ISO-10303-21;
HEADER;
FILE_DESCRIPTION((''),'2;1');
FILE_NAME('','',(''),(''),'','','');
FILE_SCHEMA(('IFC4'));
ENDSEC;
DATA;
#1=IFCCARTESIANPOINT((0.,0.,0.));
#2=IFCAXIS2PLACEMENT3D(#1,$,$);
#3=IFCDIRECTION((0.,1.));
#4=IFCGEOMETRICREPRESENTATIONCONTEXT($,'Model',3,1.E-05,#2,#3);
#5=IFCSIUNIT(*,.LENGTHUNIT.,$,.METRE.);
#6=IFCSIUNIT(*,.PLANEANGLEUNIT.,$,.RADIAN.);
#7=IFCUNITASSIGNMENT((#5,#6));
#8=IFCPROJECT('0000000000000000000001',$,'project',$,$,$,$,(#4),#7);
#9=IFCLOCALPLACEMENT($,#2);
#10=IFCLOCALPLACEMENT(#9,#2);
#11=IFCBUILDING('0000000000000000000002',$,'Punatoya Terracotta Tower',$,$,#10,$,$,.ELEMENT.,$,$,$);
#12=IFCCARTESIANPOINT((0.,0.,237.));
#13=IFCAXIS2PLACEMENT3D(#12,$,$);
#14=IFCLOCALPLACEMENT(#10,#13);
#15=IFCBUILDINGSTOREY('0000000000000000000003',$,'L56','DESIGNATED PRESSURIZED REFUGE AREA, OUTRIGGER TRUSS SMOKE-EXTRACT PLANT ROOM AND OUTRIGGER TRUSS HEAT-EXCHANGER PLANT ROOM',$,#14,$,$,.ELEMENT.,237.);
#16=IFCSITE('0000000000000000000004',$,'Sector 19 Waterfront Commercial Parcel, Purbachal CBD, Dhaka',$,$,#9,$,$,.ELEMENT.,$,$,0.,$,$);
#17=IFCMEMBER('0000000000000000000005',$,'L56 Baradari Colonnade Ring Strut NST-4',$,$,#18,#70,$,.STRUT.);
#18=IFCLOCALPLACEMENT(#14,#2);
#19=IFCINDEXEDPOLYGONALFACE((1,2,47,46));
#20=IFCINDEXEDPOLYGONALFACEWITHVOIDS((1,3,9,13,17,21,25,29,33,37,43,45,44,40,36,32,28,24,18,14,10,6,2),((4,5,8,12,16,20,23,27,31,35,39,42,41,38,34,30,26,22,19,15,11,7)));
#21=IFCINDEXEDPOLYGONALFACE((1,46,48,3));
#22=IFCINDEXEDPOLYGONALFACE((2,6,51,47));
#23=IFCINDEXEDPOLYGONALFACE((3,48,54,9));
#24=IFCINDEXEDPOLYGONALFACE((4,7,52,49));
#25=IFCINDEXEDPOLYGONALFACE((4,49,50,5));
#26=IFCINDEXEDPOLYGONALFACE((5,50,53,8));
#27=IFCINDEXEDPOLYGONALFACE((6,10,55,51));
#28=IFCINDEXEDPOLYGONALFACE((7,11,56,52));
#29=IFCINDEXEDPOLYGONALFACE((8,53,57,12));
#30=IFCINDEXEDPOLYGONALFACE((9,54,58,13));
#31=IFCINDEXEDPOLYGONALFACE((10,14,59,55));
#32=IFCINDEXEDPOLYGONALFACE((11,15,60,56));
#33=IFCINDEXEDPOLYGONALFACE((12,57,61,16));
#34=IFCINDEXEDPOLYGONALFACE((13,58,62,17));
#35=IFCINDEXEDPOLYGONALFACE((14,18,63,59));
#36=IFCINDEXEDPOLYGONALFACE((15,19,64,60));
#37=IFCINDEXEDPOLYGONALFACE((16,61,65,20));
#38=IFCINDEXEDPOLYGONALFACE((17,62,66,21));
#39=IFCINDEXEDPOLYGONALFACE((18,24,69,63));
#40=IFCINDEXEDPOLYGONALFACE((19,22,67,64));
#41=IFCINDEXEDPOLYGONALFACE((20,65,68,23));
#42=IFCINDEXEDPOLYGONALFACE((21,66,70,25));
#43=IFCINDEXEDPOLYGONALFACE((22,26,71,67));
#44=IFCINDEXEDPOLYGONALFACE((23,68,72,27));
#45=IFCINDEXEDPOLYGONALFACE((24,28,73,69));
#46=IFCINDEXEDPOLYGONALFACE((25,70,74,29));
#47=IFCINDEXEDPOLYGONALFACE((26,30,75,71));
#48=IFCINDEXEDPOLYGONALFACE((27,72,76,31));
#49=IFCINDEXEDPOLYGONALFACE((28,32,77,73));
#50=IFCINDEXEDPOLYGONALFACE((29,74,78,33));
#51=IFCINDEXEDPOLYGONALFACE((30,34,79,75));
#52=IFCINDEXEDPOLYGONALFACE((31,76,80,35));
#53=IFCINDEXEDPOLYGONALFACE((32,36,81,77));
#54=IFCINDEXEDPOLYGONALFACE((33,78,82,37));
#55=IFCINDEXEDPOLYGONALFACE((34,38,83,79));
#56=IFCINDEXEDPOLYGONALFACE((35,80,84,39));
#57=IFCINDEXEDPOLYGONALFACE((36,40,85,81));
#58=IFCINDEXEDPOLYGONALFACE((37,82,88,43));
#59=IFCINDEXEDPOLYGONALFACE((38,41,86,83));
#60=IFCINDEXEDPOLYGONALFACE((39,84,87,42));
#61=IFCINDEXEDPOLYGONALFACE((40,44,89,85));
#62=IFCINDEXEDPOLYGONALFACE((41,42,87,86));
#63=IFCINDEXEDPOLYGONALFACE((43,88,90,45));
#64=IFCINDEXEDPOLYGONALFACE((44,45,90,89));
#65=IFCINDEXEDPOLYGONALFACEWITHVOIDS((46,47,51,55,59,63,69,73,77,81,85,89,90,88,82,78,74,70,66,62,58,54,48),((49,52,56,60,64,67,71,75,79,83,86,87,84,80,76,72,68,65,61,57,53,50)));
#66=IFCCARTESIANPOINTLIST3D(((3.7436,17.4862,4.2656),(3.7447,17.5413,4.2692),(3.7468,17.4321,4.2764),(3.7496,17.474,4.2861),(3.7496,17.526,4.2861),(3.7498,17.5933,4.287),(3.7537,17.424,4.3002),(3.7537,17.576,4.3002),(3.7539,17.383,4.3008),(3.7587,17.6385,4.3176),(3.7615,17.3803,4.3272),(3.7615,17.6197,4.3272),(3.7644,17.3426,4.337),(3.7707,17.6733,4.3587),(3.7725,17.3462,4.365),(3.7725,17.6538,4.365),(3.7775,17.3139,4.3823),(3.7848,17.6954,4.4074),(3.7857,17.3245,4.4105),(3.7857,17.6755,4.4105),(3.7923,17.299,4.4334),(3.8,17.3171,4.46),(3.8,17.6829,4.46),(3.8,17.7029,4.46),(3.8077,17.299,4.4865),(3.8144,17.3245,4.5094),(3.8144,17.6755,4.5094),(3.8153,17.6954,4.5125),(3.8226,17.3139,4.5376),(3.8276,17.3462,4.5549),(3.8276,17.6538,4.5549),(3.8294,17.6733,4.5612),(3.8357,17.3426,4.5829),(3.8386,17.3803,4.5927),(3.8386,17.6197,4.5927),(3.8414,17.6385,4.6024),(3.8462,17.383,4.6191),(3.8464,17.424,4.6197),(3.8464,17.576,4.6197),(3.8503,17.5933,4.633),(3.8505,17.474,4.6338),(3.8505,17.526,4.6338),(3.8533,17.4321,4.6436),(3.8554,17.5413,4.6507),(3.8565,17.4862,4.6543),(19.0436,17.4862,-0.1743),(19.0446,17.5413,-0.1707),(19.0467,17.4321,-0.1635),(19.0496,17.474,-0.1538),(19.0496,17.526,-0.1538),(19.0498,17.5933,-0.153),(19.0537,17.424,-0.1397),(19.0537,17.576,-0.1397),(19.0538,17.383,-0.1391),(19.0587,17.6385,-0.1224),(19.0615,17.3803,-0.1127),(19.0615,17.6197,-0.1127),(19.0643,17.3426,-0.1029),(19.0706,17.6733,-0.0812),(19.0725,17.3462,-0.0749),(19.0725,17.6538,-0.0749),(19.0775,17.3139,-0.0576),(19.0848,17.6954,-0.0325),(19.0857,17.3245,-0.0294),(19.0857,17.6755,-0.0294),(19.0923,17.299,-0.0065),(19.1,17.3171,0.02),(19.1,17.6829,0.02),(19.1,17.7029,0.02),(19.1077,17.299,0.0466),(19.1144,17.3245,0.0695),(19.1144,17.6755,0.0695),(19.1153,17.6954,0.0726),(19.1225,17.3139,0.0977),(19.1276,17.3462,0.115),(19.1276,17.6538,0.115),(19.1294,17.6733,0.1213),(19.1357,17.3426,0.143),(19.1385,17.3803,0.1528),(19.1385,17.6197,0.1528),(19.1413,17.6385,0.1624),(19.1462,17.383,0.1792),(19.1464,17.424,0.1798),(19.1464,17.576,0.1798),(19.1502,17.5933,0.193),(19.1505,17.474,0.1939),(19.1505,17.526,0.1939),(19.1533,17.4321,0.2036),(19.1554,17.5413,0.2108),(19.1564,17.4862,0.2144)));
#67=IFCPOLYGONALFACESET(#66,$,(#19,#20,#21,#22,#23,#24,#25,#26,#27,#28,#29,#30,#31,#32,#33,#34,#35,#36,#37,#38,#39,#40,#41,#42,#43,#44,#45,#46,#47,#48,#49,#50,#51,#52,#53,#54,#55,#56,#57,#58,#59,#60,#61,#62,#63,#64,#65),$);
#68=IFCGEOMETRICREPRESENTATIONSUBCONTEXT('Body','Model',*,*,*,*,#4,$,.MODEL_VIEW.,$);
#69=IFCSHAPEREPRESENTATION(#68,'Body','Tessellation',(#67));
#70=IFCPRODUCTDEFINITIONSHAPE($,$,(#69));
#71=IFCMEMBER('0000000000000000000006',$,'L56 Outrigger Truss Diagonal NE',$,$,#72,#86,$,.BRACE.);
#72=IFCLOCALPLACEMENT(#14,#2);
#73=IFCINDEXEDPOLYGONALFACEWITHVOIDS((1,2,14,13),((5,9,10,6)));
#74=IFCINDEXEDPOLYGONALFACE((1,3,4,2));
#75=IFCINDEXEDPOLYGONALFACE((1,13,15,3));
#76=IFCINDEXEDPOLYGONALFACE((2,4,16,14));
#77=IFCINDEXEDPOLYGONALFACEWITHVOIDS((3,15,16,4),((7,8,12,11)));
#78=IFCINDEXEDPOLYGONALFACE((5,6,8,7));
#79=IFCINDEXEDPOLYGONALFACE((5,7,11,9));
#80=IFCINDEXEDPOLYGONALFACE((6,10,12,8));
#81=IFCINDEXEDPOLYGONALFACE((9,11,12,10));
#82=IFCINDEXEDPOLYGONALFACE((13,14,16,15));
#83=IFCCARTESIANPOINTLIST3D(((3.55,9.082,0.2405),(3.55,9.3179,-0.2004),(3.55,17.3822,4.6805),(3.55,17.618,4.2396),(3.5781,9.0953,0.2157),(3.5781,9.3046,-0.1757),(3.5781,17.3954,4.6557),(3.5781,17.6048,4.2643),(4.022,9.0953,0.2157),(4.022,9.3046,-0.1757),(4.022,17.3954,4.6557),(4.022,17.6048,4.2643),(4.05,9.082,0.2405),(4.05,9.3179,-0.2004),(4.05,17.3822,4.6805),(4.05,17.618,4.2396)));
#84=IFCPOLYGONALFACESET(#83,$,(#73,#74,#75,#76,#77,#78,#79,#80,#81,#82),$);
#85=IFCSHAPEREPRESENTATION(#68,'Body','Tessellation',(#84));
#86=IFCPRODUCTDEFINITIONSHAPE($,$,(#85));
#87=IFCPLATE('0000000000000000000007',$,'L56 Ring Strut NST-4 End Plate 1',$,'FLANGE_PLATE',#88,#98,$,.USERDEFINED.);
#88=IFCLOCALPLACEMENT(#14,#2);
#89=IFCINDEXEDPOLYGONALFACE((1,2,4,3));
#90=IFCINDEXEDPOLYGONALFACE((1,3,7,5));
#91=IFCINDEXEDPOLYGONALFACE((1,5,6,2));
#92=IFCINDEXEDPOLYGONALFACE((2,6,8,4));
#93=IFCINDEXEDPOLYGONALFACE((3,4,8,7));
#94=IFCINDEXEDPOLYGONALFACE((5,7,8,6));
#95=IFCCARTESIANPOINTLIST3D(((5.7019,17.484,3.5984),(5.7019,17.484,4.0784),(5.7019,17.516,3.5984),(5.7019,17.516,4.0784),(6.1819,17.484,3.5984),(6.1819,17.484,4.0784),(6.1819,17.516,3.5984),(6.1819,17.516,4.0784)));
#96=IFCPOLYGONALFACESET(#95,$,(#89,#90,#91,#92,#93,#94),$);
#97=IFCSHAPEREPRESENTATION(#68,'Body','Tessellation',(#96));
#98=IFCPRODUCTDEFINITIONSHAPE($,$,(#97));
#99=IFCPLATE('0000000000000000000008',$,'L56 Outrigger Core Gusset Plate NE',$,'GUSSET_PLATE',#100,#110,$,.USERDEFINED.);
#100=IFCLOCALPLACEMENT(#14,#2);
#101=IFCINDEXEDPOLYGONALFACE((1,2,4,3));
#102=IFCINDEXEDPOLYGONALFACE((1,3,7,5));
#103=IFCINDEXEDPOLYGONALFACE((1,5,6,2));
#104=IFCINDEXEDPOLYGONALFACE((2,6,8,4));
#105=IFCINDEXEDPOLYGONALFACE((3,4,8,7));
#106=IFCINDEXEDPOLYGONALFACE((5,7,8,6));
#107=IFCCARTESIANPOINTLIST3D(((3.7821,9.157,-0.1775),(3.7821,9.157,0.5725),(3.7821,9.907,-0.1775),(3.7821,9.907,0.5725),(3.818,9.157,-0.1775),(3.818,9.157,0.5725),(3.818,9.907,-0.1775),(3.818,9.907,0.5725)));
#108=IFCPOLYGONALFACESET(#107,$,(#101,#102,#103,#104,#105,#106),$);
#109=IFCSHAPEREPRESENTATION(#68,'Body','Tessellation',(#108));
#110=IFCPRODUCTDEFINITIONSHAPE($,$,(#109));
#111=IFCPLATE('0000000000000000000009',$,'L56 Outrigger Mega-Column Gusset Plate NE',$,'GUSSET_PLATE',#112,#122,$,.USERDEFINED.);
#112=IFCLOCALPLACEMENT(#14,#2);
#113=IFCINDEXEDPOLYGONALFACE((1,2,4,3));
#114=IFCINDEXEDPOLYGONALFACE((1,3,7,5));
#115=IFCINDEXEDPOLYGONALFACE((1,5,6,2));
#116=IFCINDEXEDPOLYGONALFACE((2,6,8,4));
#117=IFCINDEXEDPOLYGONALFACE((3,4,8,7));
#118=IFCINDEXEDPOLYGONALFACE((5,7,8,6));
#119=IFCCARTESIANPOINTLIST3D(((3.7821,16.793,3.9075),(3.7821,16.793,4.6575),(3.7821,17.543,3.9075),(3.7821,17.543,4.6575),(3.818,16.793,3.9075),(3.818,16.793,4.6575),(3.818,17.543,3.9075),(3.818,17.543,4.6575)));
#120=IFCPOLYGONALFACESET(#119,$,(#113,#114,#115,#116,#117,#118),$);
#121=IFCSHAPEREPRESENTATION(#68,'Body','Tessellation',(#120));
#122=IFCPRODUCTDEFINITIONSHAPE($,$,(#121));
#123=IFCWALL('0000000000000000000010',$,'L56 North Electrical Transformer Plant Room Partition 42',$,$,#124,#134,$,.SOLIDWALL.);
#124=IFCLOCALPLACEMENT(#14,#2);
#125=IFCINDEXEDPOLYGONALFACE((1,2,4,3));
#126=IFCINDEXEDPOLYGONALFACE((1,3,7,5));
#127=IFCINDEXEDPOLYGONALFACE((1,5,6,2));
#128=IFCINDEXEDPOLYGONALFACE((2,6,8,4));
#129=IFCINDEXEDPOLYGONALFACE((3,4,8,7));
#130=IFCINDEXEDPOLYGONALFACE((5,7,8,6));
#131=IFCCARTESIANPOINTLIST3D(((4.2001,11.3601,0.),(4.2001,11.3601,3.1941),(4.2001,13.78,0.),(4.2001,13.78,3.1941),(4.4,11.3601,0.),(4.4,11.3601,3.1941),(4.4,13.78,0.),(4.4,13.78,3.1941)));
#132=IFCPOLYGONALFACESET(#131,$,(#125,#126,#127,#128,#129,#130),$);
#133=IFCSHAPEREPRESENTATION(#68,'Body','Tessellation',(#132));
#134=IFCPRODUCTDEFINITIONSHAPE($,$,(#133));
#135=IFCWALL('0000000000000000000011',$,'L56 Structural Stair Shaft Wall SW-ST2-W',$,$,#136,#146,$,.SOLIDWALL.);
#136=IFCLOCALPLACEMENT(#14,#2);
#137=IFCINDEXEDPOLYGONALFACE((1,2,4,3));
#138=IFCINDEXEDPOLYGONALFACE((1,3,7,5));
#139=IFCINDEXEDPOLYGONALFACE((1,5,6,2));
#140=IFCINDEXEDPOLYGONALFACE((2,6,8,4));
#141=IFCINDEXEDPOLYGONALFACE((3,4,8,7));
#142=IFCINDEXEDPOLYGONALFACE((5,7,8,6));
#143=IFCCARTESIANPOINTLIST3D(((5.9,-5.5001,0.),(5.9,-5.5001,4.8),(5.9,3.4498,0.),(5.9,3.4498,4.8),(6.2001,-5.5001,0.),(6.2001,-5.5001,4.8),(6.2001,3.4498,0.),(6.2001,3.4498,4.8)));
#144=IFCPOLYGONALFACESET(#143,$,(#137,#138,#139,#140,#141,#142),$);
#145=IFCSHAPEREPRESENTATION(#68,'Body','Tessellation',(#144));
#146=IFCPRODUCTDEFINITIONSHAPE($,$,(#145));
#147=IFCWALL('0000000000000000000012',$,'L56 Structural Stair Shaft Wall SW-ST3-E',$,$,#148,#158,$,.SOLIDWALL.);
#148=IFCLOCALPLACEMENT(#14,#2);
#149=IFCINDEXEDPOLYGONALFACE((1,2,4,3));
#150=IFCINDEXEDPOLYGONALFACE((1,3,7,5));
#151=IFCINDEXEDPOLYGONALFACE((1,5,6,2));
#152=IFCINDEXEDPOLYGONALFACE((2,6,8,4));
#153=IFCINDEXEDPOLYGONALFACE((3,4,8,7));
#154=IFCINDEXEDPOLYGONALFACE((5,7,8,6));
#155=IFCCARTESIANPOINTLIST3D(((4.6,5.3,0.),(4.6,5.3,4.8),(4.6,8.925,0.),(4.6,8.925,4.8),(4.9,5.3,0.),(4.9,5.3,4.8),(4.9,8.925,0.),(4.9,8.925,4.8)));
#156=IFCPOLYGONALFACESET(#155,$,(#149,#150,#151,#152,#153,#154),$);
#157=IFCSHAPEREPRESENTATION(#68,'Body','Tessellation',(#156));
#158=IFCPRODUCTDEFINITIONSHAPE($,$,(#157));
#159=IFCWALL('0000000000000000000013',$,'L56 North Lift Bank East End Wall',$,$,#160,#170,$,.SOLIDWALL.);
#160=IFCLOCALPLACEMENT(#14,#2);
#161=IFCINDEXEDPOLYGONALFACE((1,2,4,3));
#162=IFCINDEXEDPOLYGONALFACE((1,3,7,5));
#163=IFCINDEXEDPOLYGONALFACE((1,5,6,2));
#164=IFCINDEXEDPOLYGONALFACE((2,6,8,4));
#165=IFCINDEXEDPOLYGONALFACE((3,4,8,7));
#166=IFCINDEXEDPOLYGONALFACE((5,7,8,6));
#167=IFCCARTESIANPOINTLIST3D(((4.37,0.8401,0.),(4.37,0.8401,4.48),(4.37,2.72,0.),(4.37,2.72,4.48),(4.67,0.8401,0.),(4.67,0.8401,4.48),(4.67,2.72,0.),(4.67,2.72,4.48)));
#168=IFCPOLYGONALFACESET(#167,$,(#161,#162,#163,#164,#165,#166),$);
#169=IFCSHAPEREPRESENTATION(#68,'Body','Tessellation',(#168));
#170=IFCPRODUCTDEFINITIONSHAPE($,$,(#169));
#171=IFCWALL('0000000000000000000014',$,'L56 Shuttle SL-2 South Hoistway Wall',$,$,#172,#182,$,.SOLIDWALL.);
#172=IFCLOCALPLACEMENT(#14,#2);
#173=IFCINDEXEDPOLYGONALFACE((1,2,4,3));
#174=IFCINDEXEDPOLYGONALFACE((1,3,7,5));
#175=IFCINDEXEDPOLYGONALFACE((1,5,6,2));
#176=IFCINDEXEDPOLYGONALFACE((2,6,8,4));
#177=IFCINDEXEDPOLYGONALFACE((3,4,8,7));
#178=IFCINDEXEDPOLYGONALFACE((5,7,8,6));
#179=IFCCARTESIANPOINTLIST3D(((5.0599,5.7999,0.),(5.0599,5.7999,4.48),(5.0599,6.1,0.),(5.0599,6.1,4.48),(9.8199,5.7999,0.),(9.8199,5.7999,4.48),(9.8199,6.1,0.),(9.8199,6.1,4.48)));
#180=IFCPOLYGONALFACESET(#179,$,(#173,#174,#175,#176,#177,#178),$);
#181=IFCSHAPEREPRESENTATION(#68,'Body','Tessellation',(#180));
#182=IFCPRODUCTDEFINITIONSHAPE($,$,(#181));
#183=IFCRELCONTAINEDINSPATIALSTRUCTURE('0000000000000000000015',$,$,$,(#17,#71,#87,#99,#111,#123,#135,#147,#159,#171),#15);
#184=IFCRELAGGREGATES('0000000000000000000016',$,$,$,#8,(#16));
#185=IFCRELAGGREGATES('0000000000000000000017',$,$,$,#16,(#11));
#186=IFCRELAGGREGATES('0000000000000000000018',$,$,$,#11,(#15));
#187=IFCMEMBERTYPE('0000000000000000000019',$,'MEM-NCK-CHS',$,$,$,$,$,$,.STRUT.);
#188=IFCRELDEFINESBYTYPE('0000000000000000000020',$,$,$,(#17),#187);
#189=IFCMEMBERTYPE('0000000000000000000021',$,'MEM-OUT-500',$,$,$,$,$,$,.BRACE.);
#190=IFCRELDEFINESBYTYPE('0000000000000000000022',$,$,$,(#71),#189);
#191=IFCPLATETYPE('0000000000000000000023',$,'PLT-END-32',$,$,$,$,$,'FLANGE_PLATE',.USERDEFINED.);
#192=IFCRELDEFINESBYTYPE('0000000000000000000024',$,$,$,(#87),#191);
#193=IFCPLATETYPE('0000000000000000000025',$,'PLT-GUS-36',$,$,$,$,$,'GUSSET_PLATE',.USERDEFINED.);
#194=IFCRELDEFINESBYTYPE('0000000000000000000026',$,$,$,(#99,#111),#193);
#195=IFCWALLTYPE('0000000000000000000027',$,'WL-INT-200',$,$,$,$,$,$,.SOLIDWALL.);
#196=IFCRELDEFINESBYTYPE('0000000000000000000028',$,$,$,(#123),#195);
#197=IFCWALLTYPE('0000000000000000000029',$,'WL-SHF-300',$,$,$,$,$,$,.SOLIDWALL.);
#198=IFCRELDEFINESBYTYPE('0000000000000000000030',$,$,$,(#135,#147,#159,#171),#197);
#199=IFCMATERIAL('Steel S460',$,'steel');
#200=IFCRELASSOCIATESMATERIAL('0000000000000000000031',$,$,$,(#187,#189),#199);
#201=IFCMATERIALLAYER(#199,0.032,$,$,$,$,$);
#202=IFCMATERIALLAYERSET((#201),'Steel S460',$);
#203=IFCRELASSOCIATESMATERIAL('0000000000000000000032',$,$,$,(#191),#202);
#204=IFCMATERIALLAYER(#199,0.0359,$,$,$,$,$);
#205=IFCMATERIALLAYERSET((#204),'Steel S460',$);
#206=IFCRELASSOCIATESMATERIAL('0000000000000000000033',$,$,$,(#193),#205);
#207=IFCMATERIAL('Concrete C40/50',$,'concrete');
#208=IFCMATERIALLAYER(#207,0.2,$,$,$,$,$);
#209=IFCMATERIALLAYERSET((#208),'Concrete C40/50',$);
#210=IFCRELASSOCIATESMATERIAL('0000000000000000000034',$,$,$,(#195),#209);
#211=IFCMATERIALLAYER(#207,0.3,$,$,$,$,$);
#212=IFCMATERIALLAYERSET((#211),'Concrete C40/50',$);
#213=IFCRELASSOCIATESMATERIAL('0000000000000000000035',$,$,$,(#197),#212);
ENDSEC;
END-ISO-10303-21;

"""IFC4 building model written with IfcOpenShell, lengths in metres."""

from ifc_helpers import new_model, si_unit, direction, frame, frame_2d, origin, origin_2d, place, context, subcontext, project, spatial, rectangle, hollow_rectangle, hollow_circle, extrude, material, layer, layer_set, material_profile, profile_set, type_object, element, save


model = new_model("IFC4")

# Units and contexts
model_context = context("Model", 3, precision=1e-05, world=origin(), true_north=direction((0.0, 1.0)))
body_context = subcontext(model_context, "Body", "Model", "MODEL_VIEW")
ifc_project = project(units=[si_unit("LENGTHUNIT", "METRE"), si_unit("PLANEANGLEUNIT", "RADIAN")], contexts=[model_context])

# Site, building, storey
site_placement = place(None, origin())
site = spatial("IfcSite", under=ifc_project, at=site_placement, Name="Sector 19 Waterfront Commercial Parcel, Purbachal CBD, Dhaka", CompositionType="ELEMENT", RefElevation=0.0)
building_placement = place(site_placement, origin())
building = spatial("IfcBuilding", under=site, at=building_placement, Name="Punatoya Terracotta Tower", CompositionType="ELEMENT")
storey_placement = place(building_placement, frame((0.0, 0.0, 237.0)))
storey = spatial("IfcBuildingStorey", under=building, at=storey_placement, Name="L56", Description="DESIGNATED PRESSURIZED REFUGE AREA, OUTRIGGER TRUSS SMOKE-EXTRACT PLANT ROOM AND OUTRIGGER TRUSS HEAT-EXCHANGER PLANT ROOM", CompositionType="ELEMENT", Elevation=237.0)

# Shared definitions
ifc_material_1 = material(Name="Steel S460", Category="steel")

# Members
ifc_material_profile_1 = material_profile(ifc_material_1, hollow_circle(Radius=0.2029, WallThickness=0.02, at=origin_2d()))
ifc_profile_set_1 = profile_set([ifc_material_profile_1], Name="Steel S460")
member_type_1 = type_object("IfcMemberType", Name="MEM-NCK-CHS", PredefinedType="STRUT", material=ifc_profile_set_1)
member_1_placement = place(storey_placement, frame((3.8, 17.5, 4.46), z_axis=(0.96038, 0.0, -0.278694), x_axis=(0.0, 1.0, 0.0)))
element("IfcMember", 1, at=member_1_placement, inside=storey, type_object=member_type_1, Name="L56 Baradari Colonnade Ring Strut NST-4", PredefinedType="STRUT", context=body_context, shape_type="SweptSolid", body=[
    extrude(hollow_circle(Radius=0.2029, WallThickness=0.02, at=origin_2d()), origin(), (0.0, 0.0, 1.0), 15.9312),
])
ifc_material_profile_2 = material_profile(ifc_material_1, hollow_rectangle(XDim=0.5, YDim=0.5, WallThickness=0.0281, at=origin_2d()))
ifc_profile_set_2 = profile_set([ifc_material_profile_2], Name="Steel S460")
member_type_2 = type_object("IfcMemberType", Name="MEM-OUT-500", PredefinedType="BRACE", material=ifc_profile_set_2)
member_2_placement = place(storey_placement, frame((3.8, 9.2, 0.02), z_axis=(0.0, 0.881768, 0.471684), x_axis=(-1.0, 0.0, 0.0)))
element("IfcMember", 2, at=member_2_placement, inside=storey, type_object=member_type_2, Name="L56 Outrigger Truss Diagonal NE", PredefinedType="BRACE", context=body_context, shape_type="SweptSolid", body=[
    extrude(hollow_rectangle(XDim=0.5, YDim=0.5, WallThickness=0.0281, at=origin_2d()), origin(), (0.0, 0.0, 1.0), 9.4131),
])

# Plates
ifc_layer_1 = layer(ifc_material_1, 0.032)
ifc_layer_set_1 = layer_set([ifc_layer_1], Name="Steel S460")
plate_type_1 = type_object("IfcPlateType", Name="PLT-END-32", ElementType="FLANGE_PLATE", PredefinedType="USERDEFINED", material=ifc_layer_set_1)
plate_placement = place(storey_placement, frame((5.9419, 17.5, 3.5984), z_axis=(0.0, 0.0, 1.0), x_axis=(1.0, 0.0, 0.0)))
element("IfcPlate", 3, at=plate_placement, inside=storey, type_object=plate_type_1, Name="L56 Ring Strut NST-4 End Plate 1", ObjectType="FLANGE_PLATE", PredefinedType="USERDEFINED", context=body_context, shape_type="SweptSolid", body=[
    extrude(rectangle(XDim=0.48, YDim=0.032, at=origin_2d()), origin(), (0.0, 0.0, 1.0), 0.48),
])
ifc_layer_2 = layer(ifc_material_1, 0.0359)
ifc_layer_set_2 = layer_set([ifc_layer_2], Name="Steel S460")
plate_type_2 = type_object("IfcPlateType", Name="PLT-GUS-36", ElementType="GUSSET_PLATE", PredefinedType="USERDEFINED", material=ifc_layer_set_2)
for number, where, z_axis, x_axis, name in (
    (4, (3.8, 9.532, -0.1775), (0.0, 0.0, 1.0), (0.0, 1.0, 0.0), "L56 Outrigger Core Gusset Plate NE"),
    (5, (3.8, 17.168, 3.9075), (0.0, 0.0, 1.0), (0.0, 1.0, 0.0), "L56 Outrigger Mega-Column Gusset Plate NE"),
):
    element("IfcPlate", number, at=place(storey_placement, frame(where, z_axis=z_axis, x_axis=x_axis)), inside=storey, type_object=plate_type_2, Name=name, ObjectType="GUSSET_PLATE", PredefinedType="USERDEFINED", context=body_context, shape_type="SweptSolid", body=[
        extrude(rectangle(XDim=0.75, YDim=0.0359, at=origin_2d()), origin(), (0.0, 0.0, 1.0), 0.75),
    ])

# Walls
ifc_material_2 = material(Name="Concrete C40/50", Category="concrete")
ifc_layer_3 = layer(ifc_material_2, 0.2)
ifc_layer_set_3 = layer_set([ifc_layer_3], Name="Concrete C40/50")
wall_type_1 = type_object("IfcWallType", Name="WL-INT-200", PredefinedType="SOLIDWALL", material=ifc_layer_set_3)
wall_1_placement = place(storey_placement, frame((4.3, 11.3601, 0.0), z_axis=(0.0, 0.0, 1.0), x_axis=(0.0, 1.0, 0.0)))
element("IfcWall", 6, at=wall_1_placement, inside=storey, type_object=wall_type_1, Name="L56 North Electrical Transformer Plant Room Partition 42", PredefinedType="SOLIDWALL", context=body_context, shape_type="SweptSolid", body=[
    extrude(rectangle(XDim=2.4199, YDim=0.2, at=frame_2d((1.21, 0.0))), origin(), (0.0, 0.0, 1.0), 3.1941),
])
ifc_layer_4 = layer(ifc_material_2, 0.3)
ifc_layer_set_4 = layer_set([ifc_layer_4], Name="Concrete C40/50")
wall_type_2 = type_object("IfcWallType", Name="WL-SHF-300", PredefinedType="SOLIDWALL", material=ifc_layer_set_4)
wall_2_placement = place(storey_placement, frame((6.05, 3.45, 0.0), z_axis=(0.0, 0.0, 1.0), x_axis=(0.0, -1.0, 0.0)))
element("IfcWall", 7, at=wall_2_placement, inside=storey, type_object=wall_type_2, Name="L56 Structural Stair Shaft Wall SW-ST2-W", PredefinedType="SOLIDWALL", context=body_context, shape_type="SweptSolid", body=[
    extrude(rectangle(XDim=8.95, YDim=0.3, at=frame_2d((4.4751, 0.0))), origin(), (0.0, 0.0, 1.0), 4.8),
])
wall_3_placement = place(storey_placement, frame((4.75, 8.925, 0.0), z_axis=(0.0, 0.0, 1.0), x_axis=(0.0, -1.0, 0.0)))
element("IfcWall", 8, at=wall_3_placement, inside=storey, type_object=wall_type_2, Name="L56 Structural Stair Shaft Wall SW-ST3-E", PredefinedType="SOLIDWALL", context=body_context, shape_type="SweptSolid", body=[
    extrude(rectangle(XDim=3.625, YDim=0.3, at=frame_2d((1.8125, 0.0))), origin(), (0.0, 0.0, 1.0), 4.8),
])
wall_4_placement = place(storey_placement, frame((4.52, 0.8401, 0.0), z_axis=(0.0, 0.0, 1.0), x_axis=(0.0, 1.0, 0.0)))
element("IfcWall", 9, at=wall_4_placement, inside=storey, type_object=wall_type_2, Name="L56 North Lift Bank East End Wall", PredefinedType="SOLIDWALL", context=body_context, shape_type="SweptSolid", body=[
    extrude(rectangle(XDim=1.8799, YDim=0.3, at=frame_2d((0.9399, 0.0))), origin(), (0.0, 0.0, 1.0), 4.48),
])
wall_5_placement = place(storey_placement, frame((5.0601, 5.95, 0.0), z_axis=(0.0, 0.0, 1.0), x_axis=(1.0, 0.0, 0.0)))
element("IfcWall", 10, at=wall_5_placement, inside=storey, type_object=wall_type_2, Name="L56 Shuttle SL-2 South Hoistway Wall", PredefinedType="SOLIDWALL", context=body_context, shape_type="SweptSolid", body=[
    extrude(rectangle(XDim=4.76, YDim=0.3, at=frame_2d((2.3799, 0.0))), origin(), (0.0, 0.0, 1.0), 4.48),
])

save(model, "model.ifc")
